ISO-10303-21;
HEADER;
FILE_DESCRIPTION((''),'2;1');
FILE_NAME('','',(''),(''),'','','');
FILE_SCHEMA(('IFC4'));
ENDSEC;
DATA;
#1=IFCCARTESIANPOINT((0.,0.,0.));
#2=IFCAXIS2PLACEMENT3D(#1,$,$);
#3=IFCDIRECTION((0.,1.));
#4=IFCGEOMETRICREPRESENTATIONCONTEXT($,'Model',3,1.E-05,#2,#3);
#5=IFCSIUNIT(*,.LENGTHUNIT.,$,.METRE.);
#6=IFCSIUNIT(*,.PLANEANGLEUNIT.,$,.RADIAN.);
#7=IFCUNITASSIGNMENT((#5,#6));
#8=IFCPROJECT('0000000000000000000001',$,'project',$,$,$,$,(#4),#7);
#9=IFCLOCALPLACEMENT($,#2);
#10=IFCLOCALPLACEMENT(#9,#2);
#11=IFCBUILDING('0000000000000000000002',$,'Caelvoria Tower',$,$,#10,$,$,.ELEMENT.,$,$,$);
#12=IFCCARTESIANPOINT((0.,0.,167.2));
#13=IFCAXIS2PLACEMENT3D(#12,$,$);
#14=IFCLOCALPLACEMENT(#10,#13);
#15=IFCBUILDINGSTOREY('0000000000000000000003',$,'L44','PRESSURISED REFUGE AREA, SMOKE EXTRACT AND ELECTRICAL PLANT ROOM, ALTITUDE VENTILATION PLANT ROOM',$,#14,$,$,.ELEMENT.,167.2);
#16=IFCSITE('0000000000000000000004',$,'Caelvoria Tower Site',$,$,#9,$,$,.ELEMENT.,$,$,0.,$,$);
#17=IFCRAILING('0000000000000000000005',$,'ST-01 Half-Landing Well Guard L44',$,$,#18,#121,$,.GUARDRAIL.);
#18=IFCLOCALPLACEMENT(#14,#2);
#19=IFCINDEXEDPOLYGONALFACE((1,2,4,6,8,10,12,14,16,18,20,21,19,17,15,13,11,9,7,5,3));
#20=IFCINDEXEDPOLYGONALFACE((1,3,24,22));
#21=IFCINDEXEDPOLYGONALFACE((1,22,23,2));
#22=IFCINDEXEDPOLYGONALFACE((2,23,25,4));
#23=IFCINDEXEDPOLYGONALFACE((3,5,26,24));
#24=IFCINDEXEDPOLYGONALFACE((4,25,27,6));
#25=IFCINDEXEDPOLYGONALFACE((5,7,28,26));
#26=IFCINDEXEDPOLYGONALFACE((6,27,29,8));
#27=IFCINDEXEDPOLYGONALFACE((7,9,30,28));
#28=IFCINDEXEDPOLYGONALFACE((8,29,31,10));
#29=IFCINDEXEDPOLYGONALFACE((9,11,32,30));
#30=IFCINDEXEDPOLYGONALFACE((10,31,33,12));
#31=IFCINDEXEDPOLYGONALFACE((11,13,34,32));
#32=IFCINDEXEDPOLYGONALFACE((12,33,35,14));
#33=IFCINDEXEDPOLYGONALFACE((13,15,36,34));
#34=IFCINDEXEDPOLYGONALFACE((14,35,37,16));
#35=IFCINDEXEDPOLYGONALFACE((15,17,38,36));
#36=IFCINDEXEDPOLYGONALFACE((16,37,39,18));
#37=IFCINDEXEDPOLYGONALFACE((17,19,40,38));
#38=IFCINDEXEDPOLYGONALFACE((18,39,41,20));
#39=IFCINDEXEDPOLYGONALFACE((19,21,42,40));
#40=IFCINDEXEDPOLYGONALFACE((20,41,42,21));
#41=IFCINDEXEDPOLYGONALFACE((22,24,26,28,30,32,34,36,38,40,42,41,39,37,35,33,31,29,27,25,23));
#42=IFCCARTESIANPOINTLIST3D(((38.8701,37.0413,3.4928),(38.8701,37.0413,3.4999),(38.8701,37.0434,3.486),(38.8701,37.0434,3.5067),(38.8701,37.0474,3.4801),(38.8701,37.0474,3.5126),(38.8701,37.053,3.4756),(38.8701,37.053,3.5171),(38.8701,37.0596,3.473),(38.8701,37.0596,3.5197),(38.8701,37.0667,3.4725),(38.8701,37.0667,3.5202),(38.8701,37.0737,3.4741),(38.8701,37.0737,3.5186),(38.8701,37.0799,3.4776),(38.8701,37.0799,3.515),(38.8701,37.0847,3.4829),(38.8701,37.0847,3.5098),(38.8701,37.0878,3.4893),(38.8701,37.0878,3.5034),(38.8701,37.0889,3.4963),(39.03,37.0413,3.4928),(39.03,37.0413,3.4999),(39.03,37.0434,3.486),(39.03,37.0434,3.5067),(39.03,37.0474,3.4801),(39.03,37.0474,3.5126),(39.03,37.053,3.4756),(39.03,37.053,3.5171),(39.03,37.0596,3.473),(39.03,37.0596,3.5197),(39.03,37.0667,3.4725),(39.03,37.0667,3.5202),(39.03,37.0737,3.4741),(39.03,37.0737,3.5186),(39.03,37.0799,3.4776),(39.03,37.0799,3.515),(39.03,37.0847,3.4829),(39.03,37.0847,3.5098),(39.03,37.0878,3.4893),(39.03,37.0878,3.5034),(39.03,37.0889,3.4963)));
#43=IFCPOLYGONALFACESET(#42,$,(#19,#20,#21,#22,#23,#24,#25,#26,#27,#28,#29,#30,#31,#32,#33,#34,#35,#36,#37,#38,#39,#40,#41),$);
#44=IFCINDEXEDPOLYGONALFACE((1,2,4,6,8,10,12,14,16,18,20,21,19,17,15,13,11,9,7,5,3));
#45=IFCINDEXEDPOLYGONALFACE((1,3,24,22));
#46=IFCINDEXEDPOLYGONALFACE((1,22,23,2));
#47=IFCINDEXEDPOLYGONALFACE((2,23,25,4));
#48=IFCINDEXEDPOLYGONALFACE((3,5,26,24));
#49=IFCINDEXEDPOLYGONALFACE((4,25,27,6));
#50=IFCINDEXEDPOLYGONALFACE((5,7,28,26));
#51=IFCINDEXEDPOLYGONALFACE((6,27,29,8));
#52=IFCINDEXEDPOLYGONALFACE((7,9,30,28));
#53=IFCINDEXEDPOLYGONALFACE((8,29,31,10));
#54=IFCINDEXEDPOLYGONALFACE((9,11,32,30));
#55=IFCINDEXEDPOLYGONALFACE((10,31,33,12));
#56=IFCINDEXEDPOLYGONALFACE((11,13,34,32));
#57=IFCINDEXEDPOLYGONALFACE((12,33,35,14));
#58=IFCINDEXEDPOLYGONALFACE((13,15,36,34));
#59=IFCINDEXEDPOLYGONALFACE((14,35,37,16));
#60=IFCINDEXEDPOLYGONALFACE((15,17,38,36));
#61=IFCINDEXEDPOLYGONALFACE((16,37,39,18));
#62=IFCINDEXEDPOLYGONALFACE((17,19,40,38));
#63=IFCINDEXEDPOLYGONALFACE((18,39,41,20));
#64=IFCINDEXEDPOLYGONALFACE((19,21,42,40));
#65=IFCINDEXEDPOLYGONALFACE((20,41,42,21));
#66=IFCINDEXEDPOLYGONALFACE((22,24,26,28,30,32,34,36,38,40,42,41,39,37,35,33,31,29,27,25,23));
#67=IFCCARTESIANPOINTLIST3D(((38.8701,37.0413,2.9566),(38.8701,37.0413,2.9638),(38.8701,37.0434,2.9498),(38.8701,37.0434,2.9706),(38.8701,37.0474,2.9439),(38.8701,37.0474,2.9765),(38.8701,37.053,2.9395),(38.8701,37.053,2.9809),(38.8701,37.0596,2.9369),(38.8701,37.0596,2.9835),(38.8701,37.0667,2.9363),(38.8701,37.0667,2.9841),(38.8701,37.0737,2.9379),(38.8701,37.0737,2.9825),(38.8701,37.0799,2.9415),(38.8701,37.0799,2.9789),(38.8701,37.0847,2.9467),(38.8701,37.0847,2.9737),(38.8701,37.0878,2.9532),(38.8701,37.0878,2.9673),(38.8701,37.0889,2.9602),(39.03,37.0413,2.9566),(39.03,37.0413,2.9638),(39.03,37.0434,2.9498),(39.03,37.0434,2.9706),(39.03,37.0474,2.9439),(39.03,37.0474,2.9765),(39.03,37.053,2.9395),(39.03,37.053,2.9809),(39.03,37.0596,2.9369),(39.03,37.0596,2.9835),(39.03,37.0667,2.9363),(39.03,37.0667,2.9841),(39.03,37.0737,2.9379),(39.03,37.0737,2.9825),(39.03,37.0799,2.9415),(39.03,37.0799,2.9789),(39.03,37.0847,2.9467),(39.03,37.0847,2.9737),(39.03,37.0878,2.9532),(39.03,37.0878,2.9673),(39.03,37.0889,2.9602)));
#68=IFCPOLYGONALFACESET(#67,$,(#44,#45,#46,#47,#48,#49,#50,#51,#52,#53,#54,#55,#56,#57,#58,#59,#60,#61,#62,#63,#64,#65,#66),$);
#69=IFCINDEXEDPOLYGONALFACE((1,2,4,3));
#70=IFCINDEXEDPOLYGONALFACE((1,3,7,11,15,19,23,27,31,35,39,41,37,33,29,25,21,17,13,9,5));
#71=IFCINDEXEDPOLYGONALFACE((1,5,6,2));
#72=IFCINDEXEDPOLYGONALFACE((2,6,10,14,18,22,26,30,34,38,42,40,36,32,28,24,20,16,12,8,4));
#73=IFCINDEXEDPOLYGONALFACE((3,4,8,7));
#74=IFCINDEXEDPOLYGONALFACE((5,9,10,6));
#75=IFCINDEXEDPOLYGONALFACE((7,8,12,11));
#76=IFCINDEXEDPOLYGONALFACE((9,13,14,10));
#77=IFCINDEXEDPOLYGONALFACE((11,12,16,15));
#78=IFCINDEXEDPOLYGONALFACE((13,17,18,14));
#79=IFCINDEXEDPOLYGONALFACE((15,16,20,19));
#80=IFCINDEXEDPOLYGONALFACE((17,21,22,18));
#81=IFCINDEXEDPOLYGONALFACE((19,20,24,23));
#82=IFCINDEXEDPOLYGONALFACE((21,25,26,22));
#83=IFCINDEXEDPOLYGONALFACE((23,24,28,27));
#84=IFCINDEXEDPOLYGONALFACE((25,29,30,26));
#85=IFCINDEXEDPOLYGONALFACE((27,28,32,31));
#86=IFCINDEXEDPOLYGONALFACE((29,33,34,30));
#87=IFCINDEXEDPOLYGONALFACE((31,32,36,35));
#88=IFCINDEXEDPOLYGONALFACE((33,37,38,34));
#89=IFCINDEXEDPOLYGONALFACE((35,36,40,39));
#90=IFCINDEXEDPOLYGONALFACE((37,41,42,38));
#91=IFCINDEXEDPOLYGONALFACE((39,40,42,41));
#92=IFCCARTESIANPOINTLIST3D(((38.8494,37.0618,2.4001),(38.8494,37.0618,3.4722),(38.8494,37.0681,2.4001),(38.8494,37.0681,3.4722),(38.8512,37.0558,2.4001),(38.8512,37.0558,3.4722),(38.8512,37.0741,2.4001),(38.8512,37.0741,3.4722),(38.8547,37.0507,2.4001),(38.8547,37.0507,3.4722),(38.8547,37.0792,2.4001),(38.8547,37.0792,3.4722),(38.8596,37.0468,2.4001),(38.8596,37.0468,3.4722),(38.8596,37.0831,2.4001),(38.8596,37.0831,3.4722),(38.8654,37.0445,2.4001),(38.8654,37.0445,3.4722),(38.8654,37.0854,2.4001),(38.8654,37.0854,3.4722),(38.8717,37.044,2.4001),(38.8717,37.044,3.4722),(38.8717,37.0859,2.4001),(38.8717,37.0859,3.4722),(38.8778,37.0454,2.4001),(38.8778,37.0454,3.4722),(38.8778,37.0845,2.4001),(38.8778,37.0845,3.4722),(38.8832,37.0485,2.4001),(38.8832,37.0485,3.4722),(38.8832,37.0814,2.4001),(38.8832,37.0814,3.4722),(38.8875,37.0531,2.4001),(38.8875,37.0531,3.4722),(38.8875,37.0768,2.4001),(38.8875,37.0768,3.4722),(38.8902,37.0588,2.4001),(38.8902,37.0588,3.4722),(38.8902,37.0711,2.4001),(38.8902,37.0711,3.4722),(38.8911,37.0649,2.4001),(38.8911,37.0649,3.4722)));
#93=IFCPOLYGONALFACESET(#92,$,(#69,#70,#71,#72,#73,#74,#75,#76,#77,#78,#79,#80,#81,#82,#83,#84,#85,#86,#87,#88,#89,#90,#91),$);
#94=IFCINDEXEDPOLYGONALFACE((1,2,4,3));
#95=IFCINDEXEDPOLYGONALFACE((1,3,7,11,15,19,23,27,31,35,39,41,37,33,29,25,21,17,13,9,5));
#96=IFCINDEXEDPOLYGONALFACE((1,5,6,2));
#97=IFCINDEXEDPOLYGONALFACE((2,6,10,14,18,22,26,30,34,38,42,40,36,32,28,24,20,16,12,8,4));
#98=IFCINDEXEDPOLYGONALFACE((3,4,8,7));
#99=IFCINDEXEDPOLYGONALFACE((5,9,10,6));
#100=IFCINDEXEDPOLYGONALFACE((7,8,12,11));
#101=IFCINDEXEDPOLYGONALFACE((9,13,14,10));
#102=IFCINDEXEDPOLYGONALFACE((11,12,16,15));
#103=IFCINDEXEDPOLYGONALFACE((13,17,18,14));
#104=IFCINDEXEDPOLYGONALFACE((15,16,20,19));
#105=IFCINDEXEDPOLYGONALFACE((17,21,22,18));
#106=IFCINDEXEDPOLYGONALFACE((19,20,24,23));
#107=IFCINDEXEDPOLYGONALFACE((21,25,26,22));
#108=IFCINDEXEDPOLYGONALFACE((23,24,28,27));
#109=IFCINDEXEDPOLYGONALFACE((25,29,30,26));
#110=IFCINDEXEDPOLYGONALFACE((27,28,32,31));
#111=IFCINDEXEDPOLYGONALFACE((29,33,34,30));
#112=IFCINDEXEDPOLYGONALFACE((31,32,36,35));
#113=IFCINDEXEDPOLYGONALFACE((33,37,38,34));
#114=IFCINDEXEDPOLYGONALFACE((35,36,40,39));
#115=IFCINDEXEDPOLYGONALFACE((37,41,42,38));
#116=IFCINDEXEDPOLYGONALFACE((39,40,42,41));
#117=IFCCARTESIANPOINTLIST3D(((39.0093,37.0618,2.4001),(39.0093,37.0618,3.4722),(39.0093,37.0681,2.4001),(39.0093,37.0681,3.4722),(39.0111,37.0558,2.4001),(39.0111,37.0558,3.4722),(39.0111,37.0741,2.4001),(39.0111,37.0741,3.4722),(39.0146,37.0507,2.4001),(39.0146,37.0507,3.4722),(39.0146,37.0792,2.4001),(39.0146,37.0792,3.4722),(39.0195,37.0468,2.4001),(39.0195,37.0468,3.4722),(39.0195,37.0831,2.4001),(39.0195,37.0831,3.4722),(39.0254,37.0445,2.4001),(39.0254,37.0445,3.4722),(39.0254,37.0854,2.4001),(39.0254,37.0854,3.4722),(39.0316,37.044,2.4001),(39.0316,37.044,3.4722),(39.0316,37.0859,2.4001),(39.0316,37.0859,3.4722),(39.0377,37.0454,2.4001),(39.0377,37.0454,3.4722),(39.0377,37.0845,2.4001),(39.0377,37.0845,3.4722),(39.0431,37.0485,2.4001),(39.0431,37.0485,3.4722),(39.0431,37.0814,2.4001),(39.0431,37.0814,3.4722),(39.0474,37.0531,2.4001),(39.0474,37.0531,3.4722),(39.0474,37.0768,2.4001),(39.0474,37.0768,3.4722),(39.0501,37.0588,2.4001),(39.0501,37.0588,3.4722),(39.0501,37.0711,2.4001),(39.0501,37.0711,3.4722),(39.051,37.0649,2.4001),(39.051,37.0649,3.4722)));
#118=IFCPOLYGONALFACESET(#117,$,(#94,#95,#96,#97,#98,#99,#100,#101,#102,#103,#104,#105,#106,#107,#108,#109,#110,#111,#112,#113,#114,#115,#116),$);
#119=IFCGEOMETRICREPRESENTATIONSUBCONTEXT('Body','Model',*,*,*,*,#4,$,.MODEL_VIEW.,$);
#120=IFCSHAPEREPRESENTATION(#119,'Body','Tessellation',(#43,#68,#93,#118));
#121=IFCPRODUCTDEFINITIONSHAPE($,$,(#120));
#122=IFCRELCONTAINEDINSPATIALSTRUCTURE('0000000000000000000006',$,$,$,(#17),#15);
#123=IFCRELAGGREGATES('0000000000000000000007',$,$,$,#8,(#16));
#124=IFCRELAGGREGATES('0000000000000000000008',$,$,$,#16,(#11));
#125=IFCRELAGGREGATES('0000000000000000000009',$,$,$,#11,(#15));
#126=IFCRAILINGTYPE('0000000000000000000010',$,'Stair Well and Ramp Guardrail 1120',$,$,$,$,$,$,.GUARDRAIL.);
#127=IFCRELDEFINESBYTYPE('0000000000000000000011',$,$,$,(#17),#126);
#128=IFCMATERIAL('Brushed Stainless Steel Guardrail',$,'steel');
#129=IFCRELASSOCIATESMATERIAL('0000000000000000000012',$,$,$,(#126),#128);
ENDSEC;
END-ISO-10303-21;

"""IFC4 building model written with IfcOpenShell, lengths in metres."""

from ifc_helpers import new_model, si_unit, direction, frame, origin, origin_2d, place, context, subcontext, project, spatial, circle, extrude, material, type_object, element, save


model = new_model("IFC4")

# Units and contexts
model_context = context("Model", 3, precision=1e-05, world=origin(), true_north=direction((0.0, 1.0)))
body_context = subcontext(model_context, "Body", "Model", "MODEL_VIEW")
ifc_project = project(units=[si_unit("LENGTHUNIT", "METRE"), si_unit("PLANEANGLEUNIT", "RADIAN")], contexts=[model_context])

# Site, building, storey
site_placement = place(None, origin())
site = spatial("IfcSite", under=ifc_project, at=site_placement, Name="Caelvoria Tower Site", CompositionType="ELEMENT", RefElevation=0.0)
building_placement = place(site_placement, origin())
building = spatial("IfcBuilding", under=site, at=building_placement, Name="Caelvoria Tower", CompositionType="ELEMENT")
storey_placement = place(building_placement, frame((0.0, 0.0, 167.2)))
storey = spatial("IfcBuildingStorey", under=building, at=storey_placement, Name="L44", Description="PRESSURISED REFUGE AREA, SMOKE EXTRACT AND ELECTRICAL PLANT ROOM, ALTITUDE VENTILATION PLANT ROOM", CompositionType="ELEMENT", Elevation=167.2)

# Railing
ifc_material_1 = material(Name="Brushed Stainless Steel Guardrail", Category="steel")
railing_type_1 = type_object("IfcRailingType", Name="Stair Well and Ramp Guardrail 1120", PredefinedType="GUARDRAIL", material=ifc_material_1)
railing_1_placement = place(storey_placement, frame((38.8701, 37.0649, 2.4001)))
element("IfcRailing", 1, at=railing_1_placement, inside=storey, type_object=railing_type_1, Name="ST-01 Half-Landing Well Guard L44", PredefinedType="GUARDRAIL", context=body_context, shape_type="SweptSolid", body=[
    extrude(circle(Radius=0.0239, at=origin_2d()), frame((0.0, 0.0, 1.0962), z_axis=(1.0, 0.0, 0.0), x_axis=(0.0, 1.0, 0.0)), (0.0, 0.0, 1.0), 0.1599),
    extrude(circle(Radius=0.0239, at=origin_2d()), frame((0.0, 0.0, 0.5601), z_axis=(1.0, 0.0, 0.0), x_axis=(0.0, 1.0, 0.0)), (0.0, 0.0, 1.0), 0.1599),
    extrude(circle(Radius=0.021, at=origin_2d()), origin(), (0.0, 0.0, 1.0), 1.072),
    extrude(circle(Radius=0.021, at=origin_2d()), frame((0.1599, 0.0, 0.0)), (0.0, 0.0, 1.0), 1.072),
])

save(model, "model.ifc")
